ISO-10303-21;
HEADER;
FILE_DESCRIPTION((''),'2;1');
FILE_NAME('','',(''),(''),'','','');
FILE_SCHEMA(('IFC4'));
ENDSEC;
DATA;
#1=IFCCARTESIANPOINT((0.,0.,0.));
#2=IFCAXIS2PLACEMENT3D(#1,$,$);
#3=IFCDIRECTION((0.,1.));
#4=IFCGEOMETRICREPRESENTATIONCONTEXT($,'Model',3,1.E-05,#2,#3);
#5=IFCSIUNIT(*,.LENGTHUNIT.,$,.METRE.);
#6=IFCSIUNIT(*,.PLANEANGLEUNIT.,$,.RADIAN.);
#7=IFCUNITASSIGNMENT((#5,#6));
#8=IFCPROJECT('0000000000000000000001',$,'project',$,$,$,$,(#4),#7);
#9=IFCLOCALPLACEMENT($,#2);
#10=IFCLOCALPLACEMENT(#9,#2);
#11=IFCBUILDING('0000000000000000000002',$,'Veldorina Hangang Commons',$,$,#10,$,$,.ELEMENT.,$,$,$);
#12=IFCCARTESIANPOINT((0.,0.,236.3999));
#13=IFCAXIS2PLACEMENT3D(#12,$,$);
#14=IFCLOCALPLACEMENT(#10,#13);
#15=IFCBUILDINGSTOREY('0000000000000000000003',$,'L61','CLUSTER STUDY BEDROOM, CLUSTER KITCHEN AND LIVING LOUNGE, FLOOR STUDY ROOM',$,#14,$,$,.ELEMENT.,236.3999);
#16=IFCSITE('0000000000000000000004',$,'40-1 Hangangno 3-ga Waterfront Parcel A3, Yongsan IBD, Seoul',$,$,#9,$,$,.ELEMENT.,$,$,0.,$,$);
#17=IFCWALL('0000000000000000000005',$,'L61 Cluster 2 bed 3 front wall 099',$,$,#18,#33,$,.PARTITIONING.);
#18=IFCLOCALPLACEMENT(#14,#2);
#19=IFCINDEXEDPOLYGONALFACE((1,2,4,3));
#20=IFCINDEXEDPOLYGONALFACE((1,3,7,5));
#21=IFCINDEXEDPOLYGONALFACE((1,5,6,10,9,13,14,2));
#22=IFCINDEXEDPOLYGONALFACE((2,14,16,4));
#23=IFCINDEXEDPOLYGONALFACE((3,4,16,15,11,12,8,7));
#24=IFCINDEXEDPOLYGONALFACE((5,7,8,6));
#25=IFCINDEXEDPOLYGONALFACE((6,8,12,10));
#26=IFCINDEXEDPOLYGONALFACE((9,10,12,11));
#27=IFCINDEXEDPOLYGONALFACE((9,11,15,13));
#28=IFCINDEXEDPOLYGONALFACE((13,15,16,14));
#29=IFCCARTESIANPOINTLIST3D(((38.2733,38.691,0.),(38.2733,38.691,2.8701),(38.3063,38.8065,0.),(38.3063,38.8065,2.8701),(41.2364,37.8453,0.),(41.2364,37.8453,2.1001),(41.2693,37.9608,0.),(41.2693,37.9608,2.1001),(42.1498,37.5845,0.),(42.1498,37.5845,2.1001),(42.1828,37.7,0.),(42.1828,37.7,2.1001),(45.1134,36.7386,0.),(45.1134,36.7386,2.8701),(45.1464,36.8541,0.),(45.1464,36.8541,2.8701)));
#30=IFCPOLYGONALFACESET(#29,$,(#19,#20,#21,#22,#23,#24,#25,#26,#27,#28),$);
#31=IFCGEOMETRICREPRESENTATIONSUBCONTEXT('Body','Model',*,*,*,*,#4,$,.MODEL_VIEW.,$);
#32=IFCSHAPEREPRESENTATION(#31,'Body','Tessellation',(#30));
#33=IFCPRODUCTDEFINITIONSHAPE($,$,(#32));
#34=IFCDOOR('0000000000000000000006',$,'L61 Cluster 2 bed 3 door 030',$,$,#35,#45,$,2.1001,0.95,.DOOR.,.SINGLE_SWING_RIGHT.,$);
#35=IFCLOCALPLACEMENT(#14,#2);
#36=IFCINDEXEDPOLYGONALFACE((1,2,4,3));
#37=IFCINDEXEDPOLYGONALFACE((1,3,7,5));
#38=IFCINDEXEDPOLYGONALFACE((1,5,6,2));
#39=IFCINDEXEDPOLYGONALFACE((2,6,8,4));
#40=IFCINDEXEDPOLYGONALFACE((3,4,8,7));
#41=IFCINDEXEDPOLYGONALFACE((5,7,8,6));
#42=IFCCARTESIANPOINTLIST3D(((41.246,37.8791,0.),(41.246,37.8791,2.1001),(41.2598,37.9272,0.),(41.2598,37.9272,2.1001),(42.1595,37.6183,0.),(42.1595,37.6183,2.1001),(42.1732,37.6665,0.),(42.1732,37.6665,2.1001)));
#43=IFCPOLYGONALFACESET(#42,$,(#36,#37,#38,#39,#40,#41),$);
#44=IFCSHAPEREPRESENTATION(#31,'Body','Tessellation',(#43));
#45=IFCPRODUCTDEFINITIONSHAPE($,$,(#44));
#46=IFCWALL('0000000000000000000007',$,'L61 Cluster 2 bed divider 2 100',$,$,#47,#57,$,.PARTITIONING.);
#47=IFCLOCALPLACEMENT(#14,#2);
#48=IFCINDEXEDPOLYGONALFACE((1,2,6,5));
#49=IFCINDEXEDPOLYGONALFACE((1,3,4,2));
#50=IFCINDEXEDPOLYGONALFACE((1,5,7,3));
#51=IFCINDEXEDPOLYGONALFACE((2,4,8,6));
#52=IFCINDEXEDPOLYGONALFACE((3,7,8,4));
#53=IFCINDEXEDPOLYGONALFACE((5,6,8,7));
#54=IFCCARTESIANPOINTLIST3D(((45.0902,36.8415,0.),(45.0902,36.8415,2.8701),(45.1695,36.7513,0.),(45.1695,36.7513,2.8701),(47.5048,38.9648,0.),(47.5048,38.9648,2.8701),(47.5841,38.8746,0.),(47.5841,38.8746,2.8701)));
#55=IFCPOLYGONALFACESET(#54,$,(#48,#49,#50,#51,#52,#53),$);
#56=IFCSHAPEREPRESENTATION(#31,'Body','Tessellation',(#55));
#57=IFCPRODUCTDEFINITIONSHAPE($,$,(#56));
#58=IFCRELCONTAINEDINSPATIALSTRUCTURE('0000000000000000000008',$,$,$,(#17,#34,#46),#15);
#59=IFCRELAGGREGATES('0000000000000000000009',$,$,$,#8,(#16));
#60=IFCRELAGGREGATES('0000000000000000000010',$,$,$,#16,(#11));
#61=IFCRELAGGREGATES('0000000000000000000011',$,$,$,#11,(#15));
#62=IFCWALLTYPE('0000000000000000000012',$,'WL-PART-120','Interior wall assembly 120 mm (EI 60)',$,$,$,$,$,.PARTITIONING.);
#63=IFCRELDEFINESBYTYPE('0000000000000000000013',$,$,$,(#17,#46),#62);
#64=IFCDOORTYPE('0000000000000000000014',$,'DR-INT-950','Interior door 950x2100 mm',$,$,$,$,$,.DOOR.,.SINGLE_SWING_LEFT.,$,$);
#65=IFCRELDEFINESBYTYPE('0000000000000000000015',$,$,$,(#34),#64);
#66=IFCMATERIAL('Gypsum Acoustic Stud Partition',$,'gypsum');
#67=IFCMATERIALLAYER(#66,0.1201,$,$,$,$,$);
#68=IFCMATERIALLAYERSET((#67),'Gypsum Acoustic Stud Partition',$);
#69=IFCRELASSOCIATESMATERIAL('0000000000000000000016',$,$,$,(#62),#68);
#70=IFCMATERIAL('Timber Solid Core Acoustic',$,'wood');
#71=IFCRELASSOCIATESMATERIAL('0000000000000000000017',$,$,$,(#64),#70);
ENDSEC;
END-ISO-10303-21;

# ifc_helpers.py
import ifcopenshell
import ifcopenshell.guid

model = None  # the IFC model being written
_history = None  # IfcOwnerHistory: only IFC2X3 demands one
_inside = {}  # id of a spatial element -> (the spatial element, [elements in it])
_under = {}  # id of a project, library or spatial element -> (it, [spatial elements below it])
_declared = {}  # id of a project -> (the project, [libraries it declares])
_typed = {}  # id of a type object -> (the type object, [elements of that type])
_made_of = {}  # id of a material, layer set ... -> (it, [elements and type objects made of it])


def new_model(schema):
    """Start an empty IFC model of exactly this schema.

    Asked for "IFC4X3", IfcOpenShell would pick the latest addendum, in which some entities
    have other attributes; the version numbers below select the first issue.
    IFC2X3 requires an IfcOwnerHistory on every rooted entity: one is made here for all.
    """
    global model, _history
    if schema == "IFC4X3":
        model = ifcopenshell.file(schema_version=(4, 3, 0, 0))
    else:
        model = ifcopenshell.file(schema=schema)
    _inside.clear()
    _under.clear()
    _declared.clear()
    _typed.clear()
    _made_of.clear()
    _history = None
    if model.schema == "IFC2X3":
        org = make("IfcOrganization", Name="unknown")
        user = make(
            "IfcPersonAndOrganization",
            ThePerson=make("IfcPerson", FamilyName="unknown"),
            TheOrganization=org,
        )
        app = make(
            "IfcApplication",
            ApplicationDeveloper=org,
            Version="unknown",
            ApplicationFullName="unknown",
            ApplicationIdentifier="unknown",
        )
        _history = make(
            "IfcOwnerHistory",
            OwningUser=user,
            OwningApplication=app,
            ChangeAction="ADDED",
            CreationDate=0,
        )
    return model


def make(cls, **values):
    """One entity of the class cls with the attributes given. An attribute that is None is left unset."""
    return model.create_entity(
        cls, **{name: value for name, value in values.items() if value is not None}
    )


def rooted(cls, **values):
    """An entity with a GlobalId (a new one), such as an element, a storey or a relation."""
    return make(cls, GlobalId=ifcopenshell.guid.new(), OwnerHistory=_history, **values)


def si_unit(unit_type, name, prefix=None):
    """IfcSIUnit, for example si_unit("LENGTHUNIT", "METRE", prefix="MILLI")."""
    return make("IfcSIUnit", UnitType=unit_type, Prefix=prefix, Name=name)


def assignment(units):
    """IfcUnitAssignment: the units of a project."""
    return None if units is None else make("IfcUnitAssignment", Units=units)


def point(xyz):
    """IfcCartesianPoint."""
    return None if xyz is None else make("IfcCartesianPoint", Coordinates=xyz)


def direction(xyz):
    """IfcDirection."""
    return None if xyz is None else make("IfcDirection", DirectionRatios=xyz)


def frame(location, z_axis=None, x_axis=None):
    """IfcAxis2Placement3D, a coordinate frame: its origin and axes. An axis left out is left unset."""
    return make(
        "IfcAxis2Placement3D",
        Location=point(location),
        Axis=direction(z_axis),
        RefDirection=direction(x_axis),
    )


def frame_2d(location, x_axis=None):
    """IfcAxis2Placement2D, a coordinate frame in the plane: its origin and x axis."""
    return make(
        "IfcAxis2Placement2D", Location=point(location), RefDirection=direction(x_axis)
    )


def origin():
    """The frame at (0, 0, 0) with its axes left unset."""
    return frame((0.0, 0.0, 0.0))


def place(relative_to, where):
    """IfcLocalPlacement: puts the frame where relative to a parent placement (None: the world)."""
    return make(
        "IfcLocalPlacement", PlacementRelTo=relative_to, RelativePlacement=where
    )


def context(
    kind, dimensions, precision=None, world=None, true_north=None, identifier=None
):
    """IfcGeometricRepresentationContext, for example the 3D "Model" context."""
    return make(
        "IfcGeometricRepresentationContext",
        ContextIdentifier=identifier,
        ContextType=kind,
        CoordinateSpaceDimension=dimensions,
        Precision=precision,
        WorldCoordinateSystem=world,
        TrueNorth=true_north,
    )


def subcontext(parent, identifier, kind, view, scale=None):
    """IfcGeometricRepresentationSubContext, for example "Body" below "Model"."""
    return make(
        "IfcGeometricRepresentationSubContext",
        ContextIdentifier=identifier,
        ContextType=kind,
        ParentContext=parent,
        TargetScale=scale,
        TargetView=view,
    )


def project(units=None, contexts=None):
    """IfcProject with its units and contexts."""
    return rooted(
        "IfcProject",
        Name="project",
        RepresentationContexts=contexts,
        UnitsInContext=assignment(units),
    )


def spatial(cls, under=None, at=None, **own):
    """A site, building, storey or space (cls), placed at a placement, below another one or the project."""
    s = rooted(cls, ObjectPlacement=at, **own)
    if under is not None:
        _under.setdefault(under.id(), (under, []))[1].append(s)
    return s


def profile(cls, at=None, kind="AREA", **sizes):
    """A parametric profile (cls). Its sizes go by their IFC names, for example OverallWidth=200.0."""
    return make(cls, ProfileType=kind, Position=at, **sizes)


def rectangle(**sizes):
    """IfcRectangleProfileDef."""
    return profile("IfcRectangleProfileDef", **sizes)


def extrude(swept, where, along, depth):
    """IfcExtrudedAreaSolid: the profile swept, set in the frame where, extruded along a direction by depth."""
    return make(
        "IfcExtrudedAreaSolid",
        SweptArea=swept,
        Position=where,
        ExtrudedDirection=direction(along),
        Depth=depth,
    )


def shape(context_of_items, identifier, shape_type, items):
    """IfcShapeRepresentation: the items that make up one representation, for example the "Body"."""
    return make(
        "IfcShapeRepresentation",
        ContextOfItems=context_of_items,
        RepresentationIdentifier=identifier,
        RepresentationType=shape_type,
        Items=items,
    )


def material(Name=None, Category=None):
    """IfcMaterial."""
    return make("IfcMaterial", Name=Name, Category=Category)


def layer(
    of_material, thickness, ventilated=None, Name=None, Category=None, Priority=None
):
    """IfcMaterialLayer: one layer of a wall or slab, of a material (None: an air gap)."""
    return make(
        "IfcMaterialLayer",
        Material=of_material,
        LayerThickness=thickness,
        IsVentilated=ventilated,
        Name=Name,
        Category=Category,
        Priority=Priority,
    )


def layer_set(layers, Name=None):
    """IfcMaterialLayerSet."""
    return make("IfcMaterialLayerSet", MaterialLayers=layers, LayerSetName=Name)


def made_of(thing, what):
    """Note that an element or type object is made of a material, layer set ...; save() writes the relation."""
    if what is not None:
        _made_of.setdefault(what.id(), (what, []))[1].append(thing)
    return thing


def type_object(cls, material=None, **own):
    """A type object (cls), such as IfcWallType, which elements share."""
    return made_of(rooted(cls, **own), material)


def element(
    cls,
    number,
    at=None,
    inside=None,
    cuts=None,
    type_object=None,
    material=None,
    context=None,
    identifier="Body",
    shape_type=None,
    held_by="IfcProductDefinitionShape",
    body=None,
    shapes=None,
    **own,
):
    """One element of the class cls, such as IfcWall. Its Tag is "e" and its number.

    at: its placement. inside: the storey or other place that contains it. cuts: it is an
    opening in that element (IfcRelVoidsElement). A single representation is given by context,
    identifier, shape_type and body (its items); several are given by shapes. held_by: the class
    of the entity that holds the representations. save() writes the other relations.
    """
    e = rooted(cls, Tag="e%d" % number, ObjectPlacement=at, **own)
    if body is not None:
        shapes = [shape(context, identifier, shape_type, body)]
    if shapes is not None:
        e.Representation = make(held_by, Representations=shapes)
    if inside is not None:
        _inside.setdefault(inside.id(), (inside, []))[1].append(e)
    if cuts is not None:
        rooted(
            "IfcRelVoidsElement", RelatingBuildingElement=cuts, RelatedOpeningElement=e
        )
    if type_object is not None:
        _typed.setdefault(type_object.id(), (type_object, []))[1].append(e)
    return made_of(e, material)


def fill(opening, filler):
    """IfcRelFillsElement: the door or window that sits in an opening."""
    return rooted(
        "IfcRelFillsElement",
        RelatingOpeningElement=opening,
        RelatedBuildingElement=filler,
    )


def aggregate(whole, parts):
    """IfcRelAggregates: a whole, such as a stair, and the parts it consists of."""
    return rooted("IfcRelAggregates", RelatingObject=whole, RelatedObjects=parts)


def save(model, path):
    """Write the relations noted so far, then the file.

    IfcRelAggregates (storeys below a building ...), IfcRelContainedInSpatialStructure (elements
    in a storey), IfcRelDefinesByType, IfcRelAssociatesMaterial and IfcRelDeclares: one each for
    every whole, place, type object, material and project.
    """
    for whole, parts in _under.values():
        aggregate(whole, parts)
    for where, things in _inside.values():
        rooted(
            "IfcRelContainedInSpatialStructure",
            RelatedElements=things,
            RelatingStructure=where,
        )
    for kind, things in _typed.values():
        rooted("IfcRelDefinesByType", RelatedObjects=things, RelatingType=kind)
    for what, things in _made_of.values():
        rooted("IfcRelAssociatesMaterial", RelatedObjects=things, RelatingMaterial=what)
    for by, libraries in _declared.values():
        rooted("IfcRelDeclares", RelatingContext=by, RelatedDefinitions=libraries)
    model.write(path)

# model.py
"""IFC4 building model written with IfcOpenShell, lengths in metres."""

from ifc_helpers import new_model, si_unit, direction, frame, frame_2d, origin, place, context, subcontext, project, spatial, rectangle, extrude, material, layer, layer_set, type_object, element, fill, save


model = new_model("IFC4")

# Units and contexts
model_context = context("Model", 3, precision=1e-05, world=origin(), true_north=direction((0.0, 1.0)))
body_context = subcontext(model_context, "Body", "Model", "MODEL_VIEW")
ifc_project = project(units=[si_unit("LENGTHUNIT", "METRE"), si_unit("PLANEANGLEUNIT", "RADIAN")], contexts=[model_context])

# Site, building, storey
site_placement = place(None, origin())
site = spatial("IfcSite", under=ifc_project, at=site_placement, Name="40-1 Hangangno 3-ga Waterfront Parcel A3, Yongsan IBD, Seoul", CompositionType="ELEMENT", RefElevation=0.0)
building_placement = place(site_placement, origin())
building = spatial("IfcBuilding", under=site, at=building_placement, Name="Veldorina Hangang Commons", CompositionType="ELEMENT")
storey_placement = place(building_placement, frame((0.0, 0.0, 236.3999)))
storey = spatial("IfcBuildingStorey", under=building, at=storey_placement, Name="L61", Description="CLUSTER STUDY BEDROOM, CLUSTER KITCHEN AND LIVING LOUNGE, FLOOR STUDY ROOM", CompositionType="ELEMENT", Elevation=236.3999)

# Wall, opening, door
ifc_material_1 = material(Name="Gypsum Acoustic Stud Partition", Category="gypsum")
ifc_layer_1 = layer(ifc_material_1, 0.1201)
ifc_layer_set_1 = layer_set([ifc_layer_1], Name="Gypsum Acoustic Stud Partition")
wall_type_1 = type_object("IfcWallType", Name="WL-PART-120", Description="Interior wall assembly 120 mm (EI 60)", PredefinedType="PARTITIONING", material=ifc_layer_set_1)
wall_1_placement = place(storey_placement, frame((45.1299, 36.7964, 0.0), z_axis=(0.0, 0.0, 1.0), x_axis=(-0.961595, 0.274472, 0.0)))
wall_1 = element("IfcWall", 1, at=wall_1_placement, inside=storey, type_object=wall_type_1, Name="L61 Cluster 2 bed 3 front wall 099", PredefinedType="PARTITIONING", context=body_context, shape_type="SweptSolid", body=[
    extrude(rectangle(XDim=7.1133, YDim=0.1201, at=frame_2d((3.5566, 0.0))), origin(), (0.0, 0.0, 1.0), 2.8701),
])
opening_1_placement = place(wall_1_placement, frame((3.0818, 0.0, 0.0)))
opening_1 = element("IfcOpeningElement", 2, at=opening_1_placement, cuts=wall_1, PredefinedType="OPENING", context=body_context, shape_type="SweptSolid", body=[
    extrude(rectangle(XDim=0.95, YDim=2.1001, at=frame_2d((0.4751, 1.05))), frame((0.0, 0.0701, 0.0), z_axis=(0.0, -1.0, 0.0), x_axis=(1.0, 0.0, 0.0)), (0.0, 0.0, 1.0), 0.1401),
])
ifc_material_2 = material(Name="Timber Solid Core Acoustic", Category="wood")
door_type = type_object("IfcDoorType", Name="DR-INT-950", Description="Interior door 950x2100 mm", OperationType="SINGLE_SWING_LEFT", PredefinedType="DOOR", material=ifc_material_2)
door_placement = place(opening_1_placement, origin())
door = element("IfcDoor", 3, at=door_placement, inside=storey, type_object=door_type, Name="L61 Cluster 2 bed 3 door 030", OperationType="SINGLE_SWING_RIGHT", OverallHeight=2.1001, OverallWidth=0.95, PredefinedType="DOOR", context=body_context, shape_type="SweptSolid", body=[
    extrude(rectangle(XDim=0.95, YDim=2.1001, at=frame_2d((0.4751, 1.05))), frame((0.0, 0.0249, 0.0), z_axis=(0.0, -1.0, 0.0), x_axis=(1.0, 0.0, 0.0)), (0.0, 0.0, 1.0), 0.05),
])
fill(opening_1, door)

# Wall
wall_2_placement = place(storey_placement, frame((45.1299, 36.7964, 0.0), z_axis=(0.0, 0.0, 1.0), x_axis=(0.750947, 0.660363, 0.0)))
element("IfcWall", 4, at=wall_2_placement, inside=storey, type_object=wall_type_1, Name="L61 Cluster 2 bed divider 2 100", PredefinedType="PARTITIONING", context=body_context, shape_type="SweptSolid", body=[
    extrude(rectangle(XDim=3.2153, YDim=0.1201, at=frame_2d((1.6077, 0.0))), origin(), (0.0, 0.0, 1.0), 2.8701),
])

save(model, "model.ifc")
